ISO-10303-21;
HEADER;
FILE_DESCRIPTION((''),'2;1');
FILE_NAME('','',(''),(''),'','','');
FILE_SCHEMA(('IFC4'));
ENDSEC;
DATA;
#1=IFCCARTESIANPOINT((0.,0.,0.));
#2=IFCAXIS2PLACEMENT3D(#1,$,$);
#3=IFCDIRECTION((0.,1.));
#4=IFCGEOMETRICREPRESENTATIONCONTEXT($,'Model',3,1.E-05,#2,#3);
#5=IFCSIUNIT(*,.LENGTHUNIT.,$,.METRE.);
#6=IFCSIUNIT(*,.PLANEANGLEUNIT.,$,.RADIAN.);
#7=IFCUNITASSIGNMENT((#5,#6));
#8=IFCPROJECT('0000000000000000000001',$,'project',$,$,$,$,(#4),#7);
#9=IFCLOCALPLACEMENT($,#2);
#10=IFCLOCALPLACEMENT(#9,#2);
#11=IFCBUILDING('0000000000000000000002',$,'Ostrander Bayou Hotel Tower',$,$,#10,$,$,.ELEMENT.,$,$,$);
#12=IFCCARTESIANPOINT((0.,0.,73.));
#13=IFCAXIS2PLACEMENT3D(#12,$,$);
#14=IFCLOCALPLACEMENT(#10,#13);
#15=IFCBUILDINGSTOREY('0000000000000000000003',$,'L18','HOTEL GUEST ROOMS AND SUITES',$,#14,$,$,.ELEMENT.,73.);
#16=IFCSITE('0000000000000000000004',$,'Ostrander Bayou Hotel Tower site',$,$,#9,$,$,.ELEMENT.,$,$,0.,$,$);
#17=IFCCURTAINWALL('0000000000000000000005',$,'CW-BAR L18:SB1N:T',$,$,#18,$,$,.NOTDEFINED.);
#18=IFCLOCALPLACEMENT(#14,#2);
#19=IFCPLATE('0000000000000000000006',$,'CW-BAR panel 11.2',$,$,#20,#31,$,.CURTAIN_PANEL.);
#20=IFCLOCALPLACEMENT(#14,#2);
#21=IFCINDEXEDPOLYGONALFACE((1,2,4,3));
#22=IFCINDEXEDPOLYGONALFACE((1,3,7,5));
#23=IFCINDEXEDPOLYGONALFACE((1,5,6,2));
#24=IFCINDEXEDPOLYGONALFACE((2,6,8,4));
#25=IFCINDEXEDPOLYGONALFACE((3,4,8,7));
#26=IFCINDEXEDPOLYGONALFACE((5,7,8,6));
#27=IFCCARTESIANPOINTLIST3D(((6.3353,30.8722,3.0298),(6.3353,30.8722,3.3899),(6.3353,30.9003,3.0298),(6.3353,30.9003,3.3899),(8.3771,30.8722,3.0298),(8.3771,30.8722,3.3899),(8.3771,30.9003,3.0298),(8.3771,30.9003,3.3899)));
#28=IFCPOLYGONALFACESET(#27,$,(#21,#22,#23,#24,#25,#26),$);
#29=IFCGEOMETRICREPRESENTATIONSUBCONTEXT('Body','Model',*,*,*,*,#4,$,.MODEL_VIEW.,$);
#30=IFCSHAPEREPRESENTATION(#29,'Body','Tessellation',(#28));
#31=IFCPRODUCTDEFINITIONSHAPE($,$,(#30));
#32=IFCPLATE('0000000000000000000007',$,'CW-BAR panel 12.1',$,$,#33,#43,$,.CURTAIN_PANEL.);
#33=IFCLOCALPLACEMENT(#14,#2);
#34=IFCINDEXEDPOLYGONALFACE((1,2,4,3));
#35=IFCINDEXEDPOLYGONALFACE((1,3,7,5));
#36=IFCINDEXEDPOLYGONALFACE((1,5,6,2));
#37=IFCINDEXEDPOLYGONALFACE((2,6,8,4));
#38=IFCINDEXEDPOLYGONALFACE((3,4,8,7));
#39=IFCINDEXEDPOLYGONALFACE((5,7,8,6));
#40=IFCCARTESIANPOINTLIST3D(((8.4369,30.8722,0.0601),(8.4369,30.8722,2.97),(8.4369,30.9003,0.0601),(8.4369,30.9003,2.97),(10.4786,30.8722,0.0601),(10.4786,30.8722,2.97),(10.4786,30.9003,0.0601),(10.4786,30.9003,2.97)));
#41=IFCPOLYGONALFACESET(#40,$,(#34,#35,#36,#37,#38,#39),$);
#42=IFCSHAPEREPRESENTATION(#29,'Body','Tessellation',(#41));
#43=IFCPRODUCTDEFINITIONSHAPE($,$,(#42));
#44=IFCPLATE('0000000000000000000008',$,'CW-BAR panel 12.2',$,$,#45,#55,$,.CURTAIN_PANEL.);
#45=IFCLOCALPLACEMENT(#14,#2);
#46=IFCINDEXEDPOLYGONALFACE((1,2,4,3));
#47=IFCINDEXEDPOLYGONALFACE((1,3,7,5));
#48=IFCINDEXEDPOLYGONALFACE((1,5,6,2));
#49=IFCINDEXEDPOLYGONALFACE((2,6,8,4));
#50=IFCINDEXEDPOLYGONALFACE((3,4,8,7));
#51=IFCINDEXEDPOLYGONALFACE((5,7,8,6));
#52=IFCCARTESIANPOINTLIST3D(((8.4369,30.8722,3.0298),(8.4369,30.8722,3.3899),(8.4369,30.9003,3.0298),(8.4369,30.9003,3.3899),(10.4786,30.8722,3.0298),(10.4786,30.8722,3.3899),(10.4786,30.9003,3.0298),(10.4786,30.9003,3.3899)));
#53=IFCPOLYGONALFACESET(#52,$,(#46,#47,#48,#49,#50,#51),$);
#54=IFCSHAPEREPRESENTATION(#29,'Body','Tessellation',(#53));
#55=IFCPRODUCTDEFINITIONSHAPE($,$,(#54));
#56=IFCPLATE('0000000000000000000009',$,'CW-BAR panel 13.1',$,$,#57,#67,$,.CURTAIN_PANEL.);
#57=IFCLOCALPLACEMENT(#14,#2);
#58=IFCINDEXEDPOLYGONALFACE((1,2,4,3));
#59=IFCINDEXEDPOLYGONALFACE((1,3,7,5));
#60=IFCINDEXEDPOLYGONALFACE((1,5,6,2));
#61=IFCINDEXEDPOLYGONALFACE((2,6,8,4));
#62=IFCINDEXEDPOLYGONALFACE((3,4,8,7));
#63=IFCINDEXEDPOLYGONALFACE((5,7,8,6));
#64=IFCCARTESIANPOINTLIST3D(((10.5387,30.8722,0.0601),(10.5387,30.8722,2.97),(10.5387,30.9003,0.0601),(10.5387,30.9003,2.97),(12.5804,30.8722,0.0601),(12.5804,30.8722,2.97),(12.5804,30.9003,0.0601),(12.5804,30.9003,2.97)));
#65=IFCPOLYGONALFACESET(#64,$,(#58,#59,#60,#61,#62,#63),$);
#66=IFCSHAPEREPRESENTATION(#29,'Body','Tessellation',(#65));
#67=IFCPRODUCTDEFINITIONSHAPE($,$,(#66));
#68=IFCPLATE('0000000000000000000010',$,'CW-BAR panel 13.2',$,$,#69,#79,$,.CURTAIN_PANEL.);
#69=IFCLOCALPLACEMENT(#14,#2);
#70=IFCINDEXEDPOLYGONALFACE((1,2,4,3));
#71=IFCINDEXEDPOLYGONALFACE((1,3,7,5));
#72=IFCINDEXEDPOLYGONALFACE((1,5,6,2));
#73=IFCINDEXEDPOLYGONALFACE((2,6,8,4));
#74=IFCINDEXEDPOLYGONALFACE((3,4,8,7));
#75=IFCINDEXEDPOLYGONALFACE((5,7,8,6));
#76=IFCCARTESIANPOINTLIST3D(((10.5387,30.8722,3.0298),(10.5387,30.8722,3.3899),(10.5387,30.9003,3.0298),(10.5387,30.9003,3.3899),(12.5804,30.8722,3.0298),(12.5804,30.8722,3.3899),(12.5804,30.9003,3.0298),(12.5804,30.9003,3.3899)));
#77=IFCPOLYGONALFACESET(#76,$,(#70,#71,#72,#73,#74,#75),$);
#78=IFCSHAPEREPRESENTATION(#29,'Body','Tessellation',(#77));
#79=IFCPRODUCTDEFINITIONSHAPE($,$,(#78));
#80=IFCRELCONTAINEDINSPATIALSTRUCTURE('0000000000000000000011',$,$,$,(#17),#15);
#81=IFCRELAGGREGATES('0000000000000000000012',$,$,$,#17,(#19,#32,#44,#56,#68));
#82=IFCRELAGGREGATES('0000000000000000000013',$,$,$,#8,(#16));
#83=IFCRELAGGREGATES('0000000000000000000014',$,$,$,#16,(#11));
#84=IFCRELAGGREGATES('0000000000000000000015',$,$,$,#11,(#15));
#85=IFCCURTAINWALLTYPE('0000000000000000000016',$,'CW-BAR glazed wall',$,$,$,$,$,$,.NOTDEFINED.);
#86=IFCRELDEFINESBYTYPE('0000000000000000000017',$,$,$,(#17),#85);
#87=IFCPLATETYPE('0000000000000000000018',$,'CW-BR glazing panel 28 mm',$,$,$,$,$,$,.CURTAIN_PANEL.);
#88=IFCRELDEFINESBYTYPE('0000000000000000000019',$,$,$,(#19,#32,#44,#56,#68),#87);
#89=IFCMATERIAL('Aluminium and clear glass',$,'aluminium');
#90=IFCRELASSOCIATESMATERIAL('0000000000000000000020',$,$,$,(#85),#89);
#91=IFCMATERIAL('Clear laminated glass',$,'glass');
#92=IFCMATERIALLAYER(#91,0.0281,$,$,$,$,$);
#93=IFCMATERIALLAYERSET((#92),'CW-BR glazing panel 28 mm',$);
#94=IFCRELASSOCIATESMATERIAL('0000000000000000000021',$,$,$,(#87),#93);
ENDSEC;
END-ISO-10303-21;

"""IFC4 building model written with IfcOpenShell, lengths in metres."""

from ifc_helpers import new_model, si_unit, direction, frame, origin, origin_2d, place, context, subcontext, project, spatial, rectangle, extrude, material, layer, layer_set, type_object, element, aggregate, save


model = new_model("IFC4")

# Units and contexts
model_context = context("Model", 3, precision=1e-05, world=origin(), true_north=direction((0.0, 1.0)))
body_context = subcontext(model_context, "Body", "Model", "MODEL_VIEW")
ifc_project = project(units=[si_unit("LENGTHUNIT", "METRE"), si_unit("PLANEANGLEUNIT", "RADIAN")], contexts=[model_context])

# Site, building, storey
site_placement = place(None, origin())
site = spatial("IfcSite", under=ifc_project, at=site_placement, Name="Ostrander Bayou Hotel Tower site", CompositionType="ELEMENT", RefElevation=0.0)
building_placement = place(site_placement, origin())
building = spatial("IfcBuilding", under=site, at=building_placement, Name="Ostrander Bayou Hotel Tower", CompositionType="ELEMENT")
storey_placement = place(building_placement, frame((0.0, 0.0, 73.0)))
storey = spatial("IfcBuildingStorey", under=building, at=storey_placement, Name="L18", Description="HOTEL GUEST ROOMS AND SUITES", CompositionType="ELEMENT", Elevation=73.0)

# Curtain wall, plates
ifc_material_1 = material(Name="Aluminium and clear glass", Category="aluminium")
curtain_wall_type = type_object("IfcCurtainWallType", Name="CW-BAR glazed wall", PredefinedType="NOTDEFINED", material=ifc_material_1)
curtain_wall_placement = place(storey_placement, origin())
curtain_wall = element("IfcCurtainWall", 1, at=curtain_wall_placement, inside=storey, type_object=curtain_wall_type, Name="CW-BAR L18:SB1N:T", PredefinedType="NOTDEFINED")
ifc_material_2 = material(Name="Clear laminated glass", Category="glass")
ifc_layer = layer(ifc_material_2, 0.0281)
ifc_layer_set = layer_set([ifc_layer], Name="CW-BR glazing panel 28 mm")
plate_type = type_object("IfcPlateType", Name="CW-BR glazing panel 28 mm", PredefinedType="CURTAIN_PANEL", material=ifc_layer_set)
plate_1_placement = place(storey_placement, frame((7.3562, 30.8862, 3.0298), z_axis=(0.0, 0.0, 1.0), x_axis=(1.0, 0.0, 0.0)))
plate_1 = element("IfcPlate", 2, at=plate_1_placement, type_object=plate_type, Name="CW-BAR panel 11.2", PredefinedType="CURTAIN_PANEL", context=body_context, shape_type="SweptSolid", body=[
    extrude(rectangle(XDim=2.0417, YDim=0.0281, at=origin_2d()), origin(), (0.0, 0.0, 1.0), 0.3601),
])
plate_2_placement = place(storey_placement, frame((9.4578, 30.8862, 0.0601), z_axis=(0.0, 0.0, 1.0), x_axis=(1.0, 0.0, 0.0)))
plate_2 = element("IfcPlate", 3, at=plate_2_placement, type_object=plate_type, Name="CW-BAR panel 12.1", PredefinedType="CURTAIN_PANEL", context=body_context, shape_type="SweptSolid", body=[
    extrude(rectangle(XDim=2.0417, YDim=0.0281, at=origin_2d()), origin(), (0.0, 0.0, 1.0), 2.9099),
])
plate_3_placement = place(storey_placement, frame((9.4578, 30.8862, 3.0298), z_axis=(0.0, 0.0, 1.0), x_axis=(1.0, 0.0, 0.0)))
plate_3 = element("IfcPlate", 4, at=plate_3_placement, type_object=plate_type, Name="CW-BAR panel 12.2", PredefinedType="CURTAIN_PANEL", context=body_context, shape_type="SweptSolid", body=[
    extrude(rectangle(XDim=2.0417, YDim=0.0281, at=origin_2d()), origin(), (0.0, 0.0, 1.0), 0.3601),
])
plate_4_placement = place(storey_placement, frame((11.5596, 30.8862, 0.0601), z_axis=(0.0, 0.0, 1.0), x_axis=(1.0, 0.0, 0.0)))
plate_4 = element("IfcPlate", 5, at=plate_4_placement, type_object=plate_type, Name="CW-BAR panel 13.1", PredefinedType="CURTAIN_PANEL", context=body_context, shape_type="SweptSolid", body=[
    extrude(rectangle(XDim=2.0417, YDim=0.0281, at=origin_2d()), origin(), (0.0, 0.0, 1.0), 2.9099),
])
plate_5_placement = place(storey_placement, frame((11.5596, 30.8862, 3.0298), z_axis=(0.0, 0.0, 1.0), x_axis=(1.0, 0.0, 0.0)))
plate_5 = element("IfcPlate", 6, at=plate_5_placement, type_object=plate_type, Name="CW-BAR panel 13.2", PredefinedType="CURTAIN_PANEL", context=body_context, shape_type="SweptSolid", body=[
    extrude(rectangle(XDim=2.0417, YDim=0.0281, at=origin_2d()), origin(), (0.0, 0.0, 1.0), 0.3601),
])
aggregate(curtain_wall, [plate_1, plate_2, plate_3, plate_4, plate_5])

save(model, "model.ifc")
